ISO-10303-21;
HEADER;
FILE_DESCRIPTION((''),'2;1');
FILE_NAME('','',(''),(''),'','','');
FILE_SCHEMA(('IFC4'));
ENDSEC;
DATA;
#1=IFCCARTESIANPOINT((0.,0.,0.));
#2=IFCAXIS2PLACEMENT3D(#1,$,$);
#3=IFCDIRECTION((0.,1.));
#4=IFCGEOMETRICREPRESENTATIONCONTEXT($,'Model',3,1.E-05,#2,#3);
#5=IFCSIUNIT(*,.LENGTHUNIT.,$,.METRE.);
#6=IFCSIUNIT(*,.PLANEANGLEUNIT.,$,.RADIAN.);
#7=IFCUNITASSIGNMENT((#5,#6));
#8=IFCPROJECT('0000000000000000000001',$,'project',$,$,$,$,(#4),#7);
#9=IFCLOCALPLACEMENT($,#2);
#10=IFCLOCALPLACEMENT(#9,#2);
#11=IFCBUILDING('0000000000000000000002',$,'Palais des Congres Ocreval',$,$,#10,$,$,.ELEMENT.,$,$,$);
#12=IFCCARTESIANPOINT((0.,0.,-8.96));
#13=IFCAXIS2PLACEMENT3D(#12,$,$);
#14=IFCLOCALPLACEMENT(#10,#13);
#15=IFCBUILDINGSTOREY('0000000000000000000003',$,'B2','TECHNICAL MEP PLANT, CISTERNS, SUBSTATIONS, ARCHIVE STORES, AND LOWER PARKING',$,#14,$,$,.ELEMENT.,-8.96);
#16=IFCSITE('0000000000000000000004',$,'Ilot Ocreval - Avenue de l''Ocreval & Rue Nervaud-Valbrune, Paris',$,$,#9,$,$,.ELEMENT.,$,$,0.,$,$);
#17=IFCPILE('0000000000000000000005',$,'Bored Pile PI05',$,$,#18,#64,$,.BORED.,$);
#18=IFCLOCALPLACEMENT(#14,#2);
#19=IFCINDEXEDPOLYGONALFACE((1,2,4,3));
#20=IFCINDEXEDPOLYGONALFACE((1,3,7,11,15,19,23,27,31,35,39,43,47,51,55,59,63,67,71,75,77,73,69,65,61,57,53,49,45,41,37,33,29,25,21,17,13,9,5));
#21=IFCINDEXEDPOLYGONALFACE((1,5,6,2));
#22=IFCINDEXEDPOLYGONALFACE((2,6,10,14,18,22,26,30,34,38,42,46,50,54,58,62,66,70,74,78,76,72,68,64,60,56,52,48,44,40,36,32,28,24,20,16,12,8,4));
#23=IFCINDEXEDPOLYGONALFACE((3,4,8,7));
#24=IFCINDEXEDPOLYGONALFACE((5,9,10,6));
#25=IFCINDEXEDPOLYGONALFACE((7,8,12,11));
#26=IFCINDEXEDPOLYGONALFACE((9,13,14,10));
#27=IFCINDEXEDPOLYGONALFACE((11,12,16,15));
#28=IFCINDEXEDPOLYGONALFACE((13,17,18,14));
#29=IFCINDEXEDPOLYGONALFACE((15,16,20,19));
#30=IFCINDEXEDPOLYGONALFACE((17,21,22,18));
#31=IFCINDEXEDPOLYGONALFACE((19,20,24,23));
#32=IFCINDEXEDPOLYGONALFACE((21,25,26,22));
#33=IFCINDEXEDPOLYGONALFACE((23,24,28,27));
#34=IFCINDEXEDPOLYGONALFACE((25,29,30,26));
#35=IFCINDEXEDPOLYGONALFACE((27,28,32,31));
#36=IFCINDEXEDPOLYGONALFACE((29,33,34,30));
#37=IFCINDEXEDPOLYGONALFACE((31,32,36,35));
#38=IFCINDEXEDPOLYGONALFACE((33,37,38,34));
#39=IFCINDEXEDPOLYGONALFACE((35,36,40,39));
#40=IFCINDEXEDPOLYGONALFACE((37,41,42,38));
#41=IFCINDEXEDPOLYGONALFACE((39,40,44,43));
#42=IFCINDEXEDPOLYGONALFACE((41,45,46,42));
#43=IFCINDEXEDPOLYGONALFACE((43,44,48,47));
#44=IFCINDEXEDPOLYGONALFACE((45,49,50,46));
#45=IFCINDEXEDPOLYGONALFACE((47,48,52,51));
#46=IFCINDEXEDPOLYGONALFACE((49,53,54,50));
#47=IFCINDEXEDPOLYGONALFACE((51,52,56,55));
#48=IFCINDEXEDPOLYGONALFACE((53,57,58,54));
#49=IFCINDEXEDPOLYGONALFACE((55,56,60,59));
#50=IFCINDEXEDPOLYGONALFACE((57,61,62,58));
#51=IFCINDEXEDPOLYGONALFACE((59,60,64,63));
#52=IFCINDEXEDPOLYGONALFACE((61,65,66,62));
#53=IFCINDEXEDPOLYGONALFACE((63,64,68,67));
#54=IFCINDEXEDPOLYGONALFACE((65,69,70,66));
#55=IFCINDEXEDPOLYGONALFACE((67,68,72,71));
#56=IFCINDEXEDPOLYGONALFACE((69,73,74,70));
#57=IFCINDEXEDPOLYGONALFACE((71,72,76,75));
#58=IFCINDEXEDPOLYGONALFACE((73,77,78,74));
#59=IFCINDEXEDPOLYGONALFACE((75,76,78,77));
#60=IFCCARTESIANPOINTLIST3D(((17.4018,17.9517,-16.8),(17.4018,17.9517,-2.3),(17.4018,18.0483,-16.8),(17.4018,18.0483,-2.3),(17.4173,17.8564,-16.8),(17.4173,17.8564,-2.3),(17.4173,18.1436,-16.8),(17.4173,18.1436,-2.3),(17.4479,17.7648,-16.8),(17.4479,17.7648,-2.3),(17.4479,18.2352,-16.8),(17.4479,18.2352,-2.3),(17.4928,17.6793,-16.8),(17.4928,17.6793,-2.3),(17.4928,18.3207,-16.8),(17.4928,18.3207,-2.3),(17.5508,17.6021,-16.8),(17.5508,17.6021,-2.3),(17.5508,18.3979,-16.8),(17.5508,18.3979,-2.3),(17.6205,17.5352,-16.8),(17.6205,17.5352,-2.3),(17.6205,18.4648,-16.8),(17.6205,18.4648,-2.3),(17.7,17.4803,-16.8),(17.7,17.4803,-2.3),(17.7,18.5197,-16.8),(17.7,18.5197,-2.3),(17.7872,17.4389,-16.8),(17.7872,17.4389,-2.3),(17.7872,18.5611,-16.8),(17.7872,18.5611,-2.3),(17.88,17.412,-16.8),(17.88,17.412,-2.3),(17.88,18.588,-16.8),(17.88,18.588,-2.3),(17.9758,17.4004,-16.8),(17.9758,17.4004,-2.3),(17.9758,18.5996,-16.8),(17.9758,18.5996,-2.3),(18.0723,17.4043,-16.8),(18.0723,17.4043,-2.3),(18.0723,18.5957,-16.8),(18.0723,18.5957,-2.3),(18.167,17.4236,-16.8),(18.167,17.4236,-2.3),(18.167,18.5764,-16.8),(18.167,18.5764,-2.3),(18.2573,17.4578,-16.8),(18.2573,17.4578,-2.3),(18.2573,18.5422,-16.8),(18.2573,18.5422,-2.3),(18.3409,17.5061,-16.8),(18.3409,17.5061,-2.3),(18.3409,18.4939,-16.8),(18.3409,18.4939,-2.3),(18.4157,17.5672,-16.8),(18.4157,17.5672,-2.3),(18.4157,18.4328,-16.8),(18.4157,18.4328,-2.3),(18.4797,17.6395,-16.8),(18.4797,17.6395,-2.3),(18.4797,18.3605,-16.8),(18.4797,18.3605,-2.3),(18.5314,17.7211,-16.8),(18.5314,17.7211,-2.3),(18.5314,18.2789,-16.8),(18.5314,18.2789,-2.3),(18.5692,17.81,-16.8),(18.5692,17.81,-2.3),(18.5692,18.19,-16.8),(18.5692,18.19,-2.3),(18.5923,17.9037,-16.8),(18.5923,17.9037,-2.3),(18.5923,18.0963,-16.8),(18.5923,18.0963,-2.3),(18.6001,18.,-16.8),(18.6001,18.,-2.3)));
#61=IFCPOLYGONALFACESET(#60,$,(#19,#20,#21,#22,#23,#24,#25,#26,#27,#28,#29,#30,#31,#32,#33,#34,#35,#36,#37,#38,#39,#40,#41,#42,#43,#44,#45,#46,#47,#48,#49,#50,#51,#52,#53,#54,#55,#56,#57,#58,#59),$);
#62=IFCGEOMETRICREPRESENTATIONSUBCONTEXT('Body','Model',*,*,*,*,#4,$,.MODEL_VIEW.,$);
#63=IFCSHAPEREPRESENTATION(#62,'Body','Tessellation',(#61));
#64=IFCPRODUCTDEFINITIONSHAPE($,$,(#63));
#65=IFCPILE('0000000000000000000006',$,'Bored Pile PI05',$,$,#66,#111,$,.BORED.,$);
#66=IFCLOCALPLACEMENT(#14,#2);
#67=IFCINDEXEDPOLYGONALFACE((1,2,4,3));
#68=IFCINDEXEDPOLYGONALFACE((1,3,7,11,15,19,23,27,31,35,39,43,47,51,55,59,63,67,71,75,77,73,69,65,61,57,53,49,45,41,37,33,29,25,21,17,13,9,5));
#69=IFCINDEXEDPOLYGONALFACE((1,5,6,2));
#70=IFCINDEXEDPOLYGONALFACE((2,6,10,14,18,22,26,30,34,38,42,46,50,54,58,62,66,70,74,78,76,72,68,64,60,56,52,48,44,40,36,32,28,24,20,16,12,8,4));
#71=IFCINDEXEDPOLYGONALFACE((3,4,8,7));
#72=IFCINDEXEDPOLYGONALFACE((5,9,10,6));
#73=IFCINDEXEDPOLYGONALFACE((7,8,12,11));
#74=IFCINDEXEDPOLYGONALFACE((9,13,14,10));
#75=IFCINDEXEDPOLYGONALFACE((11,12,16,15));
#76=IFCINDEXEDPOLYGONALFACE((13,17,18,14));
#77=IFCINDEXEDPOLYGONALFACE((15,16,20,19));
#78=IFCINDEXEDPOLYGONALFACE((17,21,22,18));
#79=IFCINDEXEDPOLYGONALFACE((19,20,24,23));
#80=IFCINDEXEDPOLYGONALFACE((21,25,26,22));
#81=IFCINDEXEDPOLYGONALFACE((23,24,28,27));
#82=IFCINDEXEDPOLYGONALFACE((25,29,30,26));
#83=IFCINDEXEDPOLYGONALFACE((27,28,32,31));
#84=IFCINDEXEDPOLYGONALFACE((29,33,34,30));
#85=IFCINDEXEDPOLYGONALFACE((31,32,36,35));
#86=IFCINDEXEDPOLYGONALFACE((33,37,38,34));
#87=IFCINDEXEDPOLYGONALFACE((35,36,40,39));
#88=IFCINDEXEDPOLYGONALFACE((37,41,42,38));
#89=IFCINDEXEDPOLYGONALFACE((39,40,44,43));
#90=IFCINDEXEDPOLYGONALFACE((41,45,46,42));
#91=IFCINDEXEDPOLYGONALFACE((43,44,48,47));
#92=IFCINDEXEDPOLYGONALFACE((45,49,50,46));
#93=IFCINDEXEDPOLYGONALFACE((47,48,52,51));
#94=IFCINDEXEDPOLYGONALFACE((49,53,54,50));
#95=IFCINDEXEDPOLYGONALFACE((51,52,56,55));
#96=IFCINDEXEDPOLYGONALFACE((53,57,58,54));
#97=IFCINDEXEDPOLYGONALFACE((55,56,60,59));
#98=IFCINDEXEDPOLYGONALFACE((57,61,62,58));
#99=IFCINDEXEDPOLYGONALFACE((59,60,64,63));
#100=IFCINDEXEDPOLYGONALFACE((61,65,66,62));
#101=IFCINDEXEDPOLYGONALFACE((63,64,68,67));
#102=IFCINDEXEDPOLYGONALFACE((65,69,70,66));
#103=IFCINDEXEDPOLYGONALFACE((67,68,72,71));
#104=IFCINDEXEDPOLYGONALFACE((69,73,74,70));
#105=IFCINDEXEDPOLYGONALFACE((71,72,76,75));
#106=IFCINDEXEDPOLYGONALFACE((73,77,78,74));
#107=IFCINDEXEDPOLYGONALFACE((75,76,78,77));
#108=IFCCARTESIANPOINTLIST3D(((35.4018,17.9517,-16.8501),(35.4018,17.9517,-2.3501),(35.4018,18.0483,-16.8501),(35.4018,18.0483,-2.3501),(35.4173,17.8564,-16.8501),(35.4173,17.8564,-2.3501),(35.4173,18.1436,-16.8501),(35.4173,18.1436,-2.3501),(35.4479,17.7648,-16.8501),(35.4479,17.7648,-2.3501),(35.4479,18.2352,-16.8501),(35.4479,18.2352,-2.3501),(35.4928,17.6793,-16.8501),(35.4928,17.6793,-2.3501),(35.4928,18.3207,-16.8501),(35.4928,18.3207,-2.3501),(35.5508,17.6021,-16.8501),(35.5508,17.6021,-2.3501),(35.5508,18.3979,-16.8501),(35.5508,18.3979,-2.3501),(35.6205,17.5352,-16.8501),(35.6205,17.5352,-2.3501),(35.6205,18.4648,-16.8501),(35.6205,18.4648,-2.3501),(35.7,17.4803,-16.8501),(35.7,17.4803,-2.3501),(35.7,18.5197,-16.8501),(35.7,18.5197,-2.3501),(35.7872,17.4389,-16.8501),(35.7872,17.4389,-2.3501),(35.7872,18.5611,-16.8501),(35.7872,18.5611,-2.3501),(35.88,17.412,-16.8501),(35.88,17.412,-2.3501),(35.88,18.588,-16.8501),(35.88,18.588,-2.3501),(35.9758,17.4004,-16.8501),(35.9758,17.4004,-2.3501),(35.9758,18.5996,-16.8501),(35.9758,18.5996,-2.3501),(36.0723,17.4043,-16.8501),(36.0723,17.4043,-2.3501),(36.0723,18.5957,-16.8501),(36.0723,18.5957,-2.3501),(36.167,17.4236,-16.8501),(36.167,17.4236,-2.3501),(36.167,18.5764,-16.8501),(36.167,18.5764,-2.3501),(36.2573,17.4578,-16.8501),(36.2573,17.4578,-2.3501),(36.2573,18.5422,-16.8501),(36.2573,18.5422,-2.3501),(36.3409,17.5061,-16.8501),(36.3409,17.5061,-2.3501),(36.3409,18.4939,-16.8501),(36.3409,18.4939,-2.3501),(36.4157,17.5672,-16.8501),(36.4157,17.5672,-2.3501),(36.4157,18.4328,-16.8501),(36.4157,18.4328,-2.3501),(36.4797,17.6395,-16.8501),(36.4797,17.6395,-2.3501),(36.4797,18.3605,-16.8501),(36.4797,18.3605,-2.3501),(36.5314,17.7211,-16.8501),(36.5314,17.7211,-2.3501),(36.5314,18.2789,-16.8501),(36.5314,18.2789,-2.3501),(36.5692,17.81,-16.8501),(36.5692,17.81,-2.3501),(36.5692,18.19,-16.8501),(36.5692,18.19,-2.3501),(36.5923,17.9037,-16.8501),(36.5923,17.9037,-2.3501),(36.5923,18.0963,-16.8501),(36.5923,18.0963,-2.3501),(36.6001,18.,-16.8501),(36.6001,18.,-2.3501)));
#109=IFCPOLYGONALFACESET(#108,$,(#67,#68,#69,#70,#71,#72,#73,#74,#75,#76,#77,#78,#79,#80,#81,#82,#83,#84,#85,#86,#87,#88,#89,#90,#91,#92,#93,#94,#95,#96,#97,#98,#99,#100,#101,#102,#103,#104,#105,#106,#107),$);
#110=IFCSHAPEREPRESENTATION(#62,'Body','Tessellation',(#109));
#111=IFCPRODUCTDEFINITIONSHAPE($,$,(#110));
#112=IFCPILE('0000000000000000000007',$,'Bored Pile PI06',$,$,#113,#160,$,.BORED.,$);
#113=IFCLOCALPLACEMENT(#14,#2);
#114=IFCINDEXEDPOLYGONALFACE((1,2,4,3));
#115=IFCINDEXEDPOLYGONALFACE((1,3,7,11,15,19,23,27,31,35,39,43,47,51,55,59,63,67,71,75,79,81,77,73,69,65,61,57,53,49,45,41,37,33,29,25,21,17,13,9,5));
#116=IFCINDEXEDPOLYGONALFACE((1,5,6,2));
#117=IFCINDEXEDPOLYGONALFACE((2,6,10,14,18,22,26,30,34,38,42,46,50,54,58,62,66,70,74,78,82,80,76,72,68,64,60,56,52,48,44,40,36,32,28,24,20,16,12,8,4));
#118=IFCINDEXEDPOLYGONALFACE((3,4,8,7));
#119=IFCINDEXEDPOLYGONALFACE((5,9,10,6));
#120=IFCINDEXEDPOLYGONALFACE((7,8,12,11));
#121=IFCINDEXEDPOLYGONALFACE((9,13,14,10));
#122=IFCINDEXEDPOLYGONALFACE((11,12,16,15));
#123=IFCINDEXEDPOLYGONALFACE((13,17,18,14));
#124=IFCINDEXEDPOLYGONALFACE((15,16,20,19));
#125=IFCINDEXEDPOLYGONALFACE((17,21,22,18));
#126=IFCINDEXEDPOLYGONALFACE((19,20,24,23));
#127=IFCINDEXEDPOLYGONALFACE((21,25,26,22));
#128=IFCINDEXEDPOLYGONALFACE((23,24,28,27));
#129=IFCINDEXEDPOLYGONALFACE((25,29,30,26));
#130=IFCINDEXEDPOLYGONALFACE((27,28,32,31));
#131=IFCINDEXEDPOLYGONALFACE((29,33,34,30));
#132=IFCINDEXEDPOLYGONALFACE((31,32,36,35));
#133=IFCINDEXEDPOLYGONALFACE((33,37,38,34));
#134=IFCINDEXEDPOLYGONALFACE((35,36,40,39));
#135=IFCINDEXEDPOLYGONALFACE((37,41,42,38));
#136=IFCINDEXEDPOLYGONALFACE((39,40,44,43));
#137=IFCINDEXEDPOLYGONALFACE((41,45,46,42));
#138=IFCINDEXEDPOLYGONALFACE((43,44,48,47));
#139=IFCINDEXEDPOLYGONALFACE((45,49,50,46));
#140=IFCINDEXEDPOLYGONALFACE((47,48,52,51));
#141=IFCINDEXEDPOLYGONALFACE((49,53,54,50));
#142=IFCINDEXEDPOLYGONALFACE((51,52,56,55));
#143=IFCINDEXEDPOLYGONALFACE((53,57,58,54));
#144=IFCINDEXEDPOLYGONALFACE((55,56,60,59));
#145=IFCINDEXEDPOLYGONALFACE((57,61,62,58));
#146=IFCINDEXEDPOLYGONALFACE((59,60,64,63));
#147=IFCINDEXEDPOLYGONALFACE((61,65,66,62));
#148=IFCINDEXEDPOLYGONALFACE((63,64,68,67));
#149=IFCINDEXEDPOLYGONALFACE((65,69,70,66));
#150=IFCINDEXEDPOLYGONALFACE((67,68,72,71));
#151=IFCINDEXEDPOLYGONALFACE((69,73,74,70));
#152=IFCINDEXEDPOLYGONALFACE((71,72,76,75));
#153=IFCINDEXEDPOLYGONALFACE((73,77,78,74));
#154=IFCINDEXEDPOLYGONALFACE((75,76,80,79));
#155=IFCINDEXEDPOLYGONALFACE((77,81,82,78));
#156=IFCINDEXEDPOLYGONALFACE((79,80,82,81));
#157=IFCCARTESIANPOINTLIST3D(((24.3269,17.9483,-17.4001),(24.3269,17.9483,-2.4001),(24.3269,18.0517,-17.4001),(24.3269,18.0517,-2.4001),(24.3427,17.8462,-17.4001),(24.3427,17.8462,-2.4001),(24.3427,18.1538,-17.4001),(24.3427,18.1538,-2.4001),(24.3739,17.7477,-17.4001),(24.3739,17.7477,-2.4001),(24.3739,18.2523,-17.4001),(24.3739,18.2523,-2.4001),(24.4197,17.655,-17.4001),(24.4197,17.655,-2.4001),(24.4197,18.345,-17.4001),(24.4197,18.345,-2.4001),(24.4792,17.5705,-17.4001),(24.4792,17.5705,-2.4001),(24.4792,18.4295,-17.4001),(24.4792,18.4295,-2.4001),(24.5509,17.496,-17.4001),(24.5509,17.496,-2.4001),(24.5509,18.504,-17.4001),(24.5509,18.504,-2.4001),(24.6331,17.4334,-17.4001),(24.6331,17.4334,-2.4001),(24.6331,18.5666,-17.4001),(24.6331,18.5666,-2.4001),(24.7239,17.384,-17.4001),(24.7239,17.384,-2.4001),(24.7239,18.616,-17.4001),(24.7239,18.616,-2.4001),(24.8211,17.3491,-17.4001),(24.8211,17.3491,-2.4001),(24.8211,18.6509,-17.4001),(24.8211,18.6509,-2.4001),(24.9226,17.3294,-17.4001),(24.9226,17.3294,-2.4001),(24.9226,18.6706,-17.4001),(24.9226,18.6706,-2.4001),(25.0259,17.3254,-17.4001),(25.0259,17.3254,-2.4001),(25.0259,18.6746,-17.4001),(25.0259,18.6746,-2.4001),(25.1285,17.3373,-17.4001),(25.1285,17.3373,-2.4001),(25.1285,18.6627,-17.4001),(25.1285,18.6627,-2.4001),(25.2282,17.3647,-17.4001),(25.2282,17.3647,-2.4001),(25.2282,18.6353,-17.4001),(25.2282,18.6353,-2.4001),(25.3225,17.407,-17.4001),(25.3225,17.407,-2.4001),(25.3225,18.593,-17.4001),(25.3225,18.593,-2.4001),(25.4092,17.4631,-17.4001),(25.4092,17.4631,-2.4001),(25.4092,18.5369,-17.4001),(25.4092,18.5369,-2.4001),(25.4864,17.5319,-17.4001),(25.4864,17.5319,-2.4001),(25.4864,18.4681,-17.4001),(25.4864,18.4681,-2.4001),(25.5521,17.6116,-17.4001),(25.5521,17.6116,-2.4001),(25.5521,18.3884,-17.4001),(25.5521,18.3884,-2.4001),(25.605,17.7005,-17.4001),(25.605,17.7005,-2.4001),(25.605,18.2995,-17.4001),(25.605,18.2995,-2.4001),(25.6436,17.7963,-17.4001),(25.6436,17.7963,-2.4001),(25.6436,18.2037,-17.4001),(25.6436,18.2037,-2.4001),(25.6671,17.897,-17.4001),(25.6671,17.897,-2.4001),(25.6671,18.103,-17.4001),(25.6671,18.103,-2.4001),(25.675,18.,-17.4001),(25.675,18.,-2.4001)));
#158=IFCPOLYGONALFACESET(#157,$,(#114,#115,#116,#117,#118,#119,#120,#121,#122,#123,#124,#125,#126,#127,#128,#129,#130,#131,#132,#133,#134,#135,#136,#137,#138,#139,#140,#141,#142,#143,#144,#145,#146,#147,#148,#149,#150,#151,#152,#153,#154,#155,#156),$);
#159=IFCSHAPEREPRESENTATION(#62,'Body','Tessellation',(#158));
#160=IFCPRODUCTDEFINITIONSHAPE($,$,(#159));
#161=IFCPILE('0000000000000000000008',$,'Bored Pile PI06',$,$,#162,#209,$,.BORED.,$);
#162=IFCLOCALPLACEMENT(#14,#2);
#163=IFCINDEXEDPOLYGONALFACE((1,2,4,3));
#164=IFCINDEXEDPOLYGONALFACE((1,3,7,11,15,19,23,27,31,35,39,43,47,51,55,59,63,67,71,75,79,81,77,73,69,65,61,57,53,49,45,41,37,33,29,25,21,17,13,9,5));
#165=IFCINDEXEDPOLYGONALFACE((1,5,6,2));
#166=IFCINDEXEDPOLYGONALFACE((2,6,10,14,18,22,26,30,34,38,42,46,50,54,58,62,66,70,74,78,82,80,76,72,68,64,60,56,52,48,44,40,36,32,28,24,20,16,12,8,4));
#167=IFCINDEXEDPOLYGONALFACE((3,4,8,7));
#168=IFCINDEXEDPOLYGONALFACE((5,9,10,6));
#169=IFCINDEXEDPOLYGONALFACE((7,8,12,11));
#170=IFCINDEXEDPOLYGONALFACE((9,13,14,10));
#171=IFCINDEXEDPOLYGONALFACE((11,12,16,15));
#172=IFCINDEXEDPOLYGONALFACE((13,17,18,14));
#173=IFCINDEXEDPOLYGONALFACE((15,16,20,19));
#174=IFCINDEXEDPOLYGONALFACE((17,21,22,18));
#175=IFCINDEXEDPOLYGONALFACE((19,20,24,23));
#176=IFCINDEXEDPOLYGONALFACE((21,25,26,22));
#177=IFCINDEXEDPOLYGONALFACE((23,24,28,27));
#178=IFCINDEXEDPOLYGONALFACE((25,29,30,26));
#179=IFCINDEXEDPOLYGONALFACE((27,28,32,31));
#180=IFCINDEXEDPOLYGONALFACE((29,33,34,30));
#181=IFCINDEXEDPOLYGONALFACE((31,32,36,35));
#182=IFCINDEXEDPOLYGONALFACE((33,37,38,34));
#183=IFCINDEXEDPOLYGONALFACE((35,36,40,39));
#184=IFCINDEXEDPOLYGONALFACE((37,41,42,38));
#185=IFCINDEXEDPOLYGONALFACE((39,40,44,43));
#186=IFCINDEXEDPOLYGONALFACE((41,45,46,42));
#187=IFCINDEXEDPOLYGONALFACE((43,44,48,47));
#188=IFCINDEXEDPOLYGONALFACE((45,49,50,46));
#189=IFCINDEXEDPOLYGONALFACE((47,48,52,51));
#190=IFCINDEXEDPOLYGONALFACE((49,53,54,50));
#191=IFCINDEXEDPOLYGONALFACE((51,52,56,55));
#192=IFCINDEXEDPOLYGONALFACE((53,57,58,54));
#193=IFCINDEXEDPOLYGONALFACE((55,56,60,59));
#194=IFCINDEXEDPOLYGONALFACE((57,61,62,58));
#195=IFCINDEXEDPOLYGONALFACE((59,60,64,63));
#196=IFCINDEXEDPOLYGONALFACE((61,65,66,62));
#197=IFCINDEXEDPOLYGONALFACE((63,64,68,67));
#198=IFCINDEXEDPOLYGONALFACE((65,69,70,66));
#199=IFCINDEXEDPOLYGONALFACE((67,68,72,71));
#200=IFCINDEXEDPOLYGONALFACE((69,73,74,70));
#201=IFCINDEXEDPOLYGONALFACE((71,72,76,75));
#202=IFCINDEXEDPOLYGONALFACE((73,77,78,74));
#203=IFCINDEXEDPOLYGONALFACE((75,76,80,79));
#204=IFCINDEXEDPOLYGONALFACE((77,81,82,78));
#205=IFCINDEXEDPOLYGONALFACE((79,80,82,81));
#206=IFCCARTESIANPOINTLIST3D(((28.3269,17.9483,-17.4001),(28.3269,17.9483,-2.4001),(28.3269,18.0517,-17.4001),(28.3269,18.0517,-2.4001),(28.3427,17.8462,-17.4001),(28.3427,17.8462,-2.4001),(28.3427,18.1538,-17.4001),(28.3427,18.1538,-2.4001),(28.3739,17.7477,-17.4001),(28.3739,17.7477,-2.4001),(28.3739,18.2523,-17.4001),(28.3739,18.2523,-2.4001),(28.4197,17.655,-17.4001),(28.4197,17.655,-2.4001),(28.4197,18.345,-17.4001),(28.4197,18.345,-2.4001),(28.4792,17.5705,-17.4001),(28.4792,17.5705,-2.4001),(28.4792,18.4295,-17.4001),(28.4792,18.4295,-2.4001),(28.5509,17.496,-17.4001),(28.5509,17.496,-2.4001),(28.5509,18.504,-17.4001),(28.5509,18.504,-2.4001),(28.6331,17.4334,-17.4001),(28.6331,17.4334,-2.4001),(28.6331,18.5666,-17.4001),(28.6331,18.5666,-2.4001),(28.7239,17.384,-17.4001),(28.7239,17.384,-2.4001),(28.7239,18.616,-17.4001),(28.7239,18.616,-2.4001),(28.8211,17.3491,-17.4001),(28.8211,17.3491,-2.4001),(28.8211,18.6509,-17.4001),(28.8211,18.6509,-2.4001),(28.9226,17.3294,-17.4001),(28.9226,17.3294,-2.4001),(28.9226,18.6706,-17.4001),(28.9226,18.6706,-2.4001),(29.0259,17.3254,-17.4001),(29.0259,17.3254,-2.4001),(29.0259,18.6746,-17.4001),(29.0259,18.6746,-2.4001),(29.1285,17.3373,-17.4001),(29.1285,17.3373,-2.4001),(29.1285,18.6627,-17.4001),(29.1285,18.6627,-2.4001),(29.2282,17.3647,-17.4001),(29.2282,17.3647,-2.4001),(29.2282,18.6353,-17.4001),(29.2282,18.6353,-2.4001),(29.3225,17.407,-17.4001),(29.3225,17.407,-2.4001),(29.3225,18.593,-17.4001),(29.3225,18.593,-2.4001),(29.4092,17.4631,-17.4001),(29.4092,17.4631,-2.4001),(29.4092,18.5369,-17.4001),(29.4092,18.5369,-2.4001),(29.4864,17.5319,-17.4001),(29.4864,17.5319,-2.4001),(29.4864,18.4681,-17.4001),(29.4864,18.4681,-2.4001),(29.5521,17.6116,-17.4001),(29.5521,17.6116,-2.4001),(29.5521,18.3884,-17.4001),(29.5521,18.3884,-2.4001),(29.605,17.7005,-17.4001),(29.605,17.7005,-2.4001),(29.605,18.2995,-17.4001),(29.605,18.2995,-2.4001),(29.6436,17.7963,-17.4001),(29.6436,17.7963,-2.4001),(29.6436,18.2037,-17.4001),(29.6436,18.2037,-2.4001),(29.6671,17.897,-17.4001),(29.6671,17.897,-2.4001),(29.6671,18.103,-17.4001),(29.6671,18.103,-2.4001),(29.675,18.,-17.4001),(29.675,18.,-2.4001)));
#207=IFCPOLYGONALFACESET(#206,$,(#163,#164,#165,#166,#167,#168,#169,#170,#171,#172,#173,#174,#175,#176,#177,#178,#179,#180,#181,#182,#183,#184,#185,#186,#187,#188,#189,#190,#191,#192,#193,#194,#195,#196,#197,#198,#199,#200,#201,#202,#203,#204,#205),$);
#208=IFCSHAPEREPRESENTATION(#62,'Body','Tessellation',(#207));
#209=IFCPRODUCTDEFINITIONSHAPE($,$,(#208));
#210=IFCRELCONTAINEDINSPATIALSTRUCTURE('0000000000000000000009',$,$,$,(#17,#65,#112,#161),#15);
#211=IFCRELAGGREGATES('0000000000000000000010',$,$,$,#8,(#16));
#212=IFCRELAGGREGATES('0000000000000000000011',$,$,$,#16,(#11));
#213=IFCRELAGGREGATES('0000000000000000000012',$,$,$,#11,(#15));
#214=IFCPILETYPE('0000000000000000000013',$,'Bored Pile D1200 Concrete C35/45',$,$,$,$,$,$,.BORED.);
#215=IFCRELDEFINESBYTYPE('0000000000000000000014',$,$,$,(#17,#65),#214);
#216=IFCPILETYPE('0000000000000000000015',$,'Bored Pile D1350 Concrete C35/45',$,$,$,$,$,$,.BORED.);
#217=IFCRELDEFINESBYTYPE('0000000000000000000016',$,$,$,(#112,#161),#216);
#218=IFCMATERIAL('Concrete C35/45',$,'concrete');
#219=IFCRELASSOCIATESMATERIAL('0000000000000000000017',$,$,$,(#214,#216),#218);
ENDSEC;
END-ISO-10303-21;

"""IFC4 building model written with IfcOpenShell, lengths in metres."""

from ifc_helpers import new_model, si_unit, direction, frame, origin, origin_2d, place, context, subcontext, project, spatial, circle, extrude, material, material_profile, profile_set, type_object, element, save


model = new_model("IFC4")

# Units and contexts
model_context = context("Model", 3, precision=1e-05, world=origin(), true_north=direction((0.0, 1.0)))
body_context = subcontext(model_context, "Body", "Model", "MODEL_VIEW")
ifc_project = project(units=[si_unit("LENGTHUNIT", "METRE"), si_unit("PLANEANGLEUNIT", "RADIAN")], contexts=[model_context])

# Site, building, storey
site_placement = place(None, origin())
site = spatial("IfcSite", under=ifc_project, at=site_placement, Name="Ilot Ocreval - Avenue de l'Ocreval & Rue Nervaud-Valbrune, Paris", CompositionType="ELEMENT", RefElevation=0.0)
building_placement = place(site_placement, origin())
building = spatial("IfcBuilding", under=site, at=building_placement, Name="Palais des Congres Ocreval", CompositionType="ELEMENT")
storey_placement = place(building_placement, frame((0.0, 0.0, -8.96)))
storey = spatial("IfcBuildingStorey", under=building, at=storey_placement, Name="B2", Description="TECHNICAL MEP PLANT, CISTERNS, SUBSTATIONS, ARCHIVE STORES, AND LOWER PARKING", CompositionType="ELEMENT", Elevation=-8.96)

# Piles
ifc_material_1 = material(Name="Concrete C35/45", Category="concrete")
ifc_material_profile_1 = material_profile(ifc_material_1, circle(Radius=0.6001, at=origin_2d()), Name="BORED PILE 1200")
ifc_profile_set_1 = profile_set([ifc_material_profile_1], Name="Concrete C35/45")
pile_type_1 = type_object("IfcPileType", Name="Bored Pile D1200 Concrete C35/45", PredefinedType="BORED", material=ifc_profile_set_1)
for number, where, z_axis, x_axis, name in (
    (1, (18.0, 18.0, -2.3), (0.0, 0.0, -1.0), (1.0, 0.0, 0.0), "Bored Pile PI05"),
    (2, (36.0, 18.0, -2.3501), (0.0, 0.0, -1.0), (1.0, 0.0, 0.0), "Bored Pile PI05"),
):
    element("IfcPile", number, at=place(storey_placement, frame(where, z_axis=z_axis, x_axis=x_axis)), inside=storey, type_object=pile_type_1, Name=name, PredefinedType="BORED", context=body_context, shape_type="SweptSolid", body=[
        extrude(circle(Radius=0.6001, at=origin_2d()), origin(), (0.0, 0.0, 1.0), 14.5),
    ])
ifc_material_profile_2 = material_profile(ifc_material_1, circle(Radius=0.675, at=origin_2d()), Name="BORED PILE 1350")
ifc_profile_set_2 = profile_set([ifc_material_profile_2], Name="Concrete C35/45")
pile_type_2 = type_object("IfcPileType", Name="Bored Pile D1350 Concrete C35/45", PredefinedType="BORED", material=ifc_profile_set_2)
for number, where, z_axis, x_axis, name in (
    (3, (25.0, 18.0, -2.4001), (0.0, 0.0, -1.0), (1.0, 0.0, 0.0), "Bored Pile PI06"),
    (4, (29.0, 18.0, -2.4001), (0.0, 0.0, -1.0), (1.0, 0.0, 0.0), "Bored Pile PI06"),
):
    element("IfcPile", number, at=place(storey_placement, frame(where, z_axis=z_axis, x_axis=x_axis)), inside=storey, type_object=pile_type_2, Name=name, PredefinedType="BORED", context=body_context, shape_type="SweptSolid", body=[
        extrude(circle(Radius=0.675, at=origin_2d()), origin(), (0.0, 0.0, 1.0), 15.0),
    ])

save(model, "model.ifc")
